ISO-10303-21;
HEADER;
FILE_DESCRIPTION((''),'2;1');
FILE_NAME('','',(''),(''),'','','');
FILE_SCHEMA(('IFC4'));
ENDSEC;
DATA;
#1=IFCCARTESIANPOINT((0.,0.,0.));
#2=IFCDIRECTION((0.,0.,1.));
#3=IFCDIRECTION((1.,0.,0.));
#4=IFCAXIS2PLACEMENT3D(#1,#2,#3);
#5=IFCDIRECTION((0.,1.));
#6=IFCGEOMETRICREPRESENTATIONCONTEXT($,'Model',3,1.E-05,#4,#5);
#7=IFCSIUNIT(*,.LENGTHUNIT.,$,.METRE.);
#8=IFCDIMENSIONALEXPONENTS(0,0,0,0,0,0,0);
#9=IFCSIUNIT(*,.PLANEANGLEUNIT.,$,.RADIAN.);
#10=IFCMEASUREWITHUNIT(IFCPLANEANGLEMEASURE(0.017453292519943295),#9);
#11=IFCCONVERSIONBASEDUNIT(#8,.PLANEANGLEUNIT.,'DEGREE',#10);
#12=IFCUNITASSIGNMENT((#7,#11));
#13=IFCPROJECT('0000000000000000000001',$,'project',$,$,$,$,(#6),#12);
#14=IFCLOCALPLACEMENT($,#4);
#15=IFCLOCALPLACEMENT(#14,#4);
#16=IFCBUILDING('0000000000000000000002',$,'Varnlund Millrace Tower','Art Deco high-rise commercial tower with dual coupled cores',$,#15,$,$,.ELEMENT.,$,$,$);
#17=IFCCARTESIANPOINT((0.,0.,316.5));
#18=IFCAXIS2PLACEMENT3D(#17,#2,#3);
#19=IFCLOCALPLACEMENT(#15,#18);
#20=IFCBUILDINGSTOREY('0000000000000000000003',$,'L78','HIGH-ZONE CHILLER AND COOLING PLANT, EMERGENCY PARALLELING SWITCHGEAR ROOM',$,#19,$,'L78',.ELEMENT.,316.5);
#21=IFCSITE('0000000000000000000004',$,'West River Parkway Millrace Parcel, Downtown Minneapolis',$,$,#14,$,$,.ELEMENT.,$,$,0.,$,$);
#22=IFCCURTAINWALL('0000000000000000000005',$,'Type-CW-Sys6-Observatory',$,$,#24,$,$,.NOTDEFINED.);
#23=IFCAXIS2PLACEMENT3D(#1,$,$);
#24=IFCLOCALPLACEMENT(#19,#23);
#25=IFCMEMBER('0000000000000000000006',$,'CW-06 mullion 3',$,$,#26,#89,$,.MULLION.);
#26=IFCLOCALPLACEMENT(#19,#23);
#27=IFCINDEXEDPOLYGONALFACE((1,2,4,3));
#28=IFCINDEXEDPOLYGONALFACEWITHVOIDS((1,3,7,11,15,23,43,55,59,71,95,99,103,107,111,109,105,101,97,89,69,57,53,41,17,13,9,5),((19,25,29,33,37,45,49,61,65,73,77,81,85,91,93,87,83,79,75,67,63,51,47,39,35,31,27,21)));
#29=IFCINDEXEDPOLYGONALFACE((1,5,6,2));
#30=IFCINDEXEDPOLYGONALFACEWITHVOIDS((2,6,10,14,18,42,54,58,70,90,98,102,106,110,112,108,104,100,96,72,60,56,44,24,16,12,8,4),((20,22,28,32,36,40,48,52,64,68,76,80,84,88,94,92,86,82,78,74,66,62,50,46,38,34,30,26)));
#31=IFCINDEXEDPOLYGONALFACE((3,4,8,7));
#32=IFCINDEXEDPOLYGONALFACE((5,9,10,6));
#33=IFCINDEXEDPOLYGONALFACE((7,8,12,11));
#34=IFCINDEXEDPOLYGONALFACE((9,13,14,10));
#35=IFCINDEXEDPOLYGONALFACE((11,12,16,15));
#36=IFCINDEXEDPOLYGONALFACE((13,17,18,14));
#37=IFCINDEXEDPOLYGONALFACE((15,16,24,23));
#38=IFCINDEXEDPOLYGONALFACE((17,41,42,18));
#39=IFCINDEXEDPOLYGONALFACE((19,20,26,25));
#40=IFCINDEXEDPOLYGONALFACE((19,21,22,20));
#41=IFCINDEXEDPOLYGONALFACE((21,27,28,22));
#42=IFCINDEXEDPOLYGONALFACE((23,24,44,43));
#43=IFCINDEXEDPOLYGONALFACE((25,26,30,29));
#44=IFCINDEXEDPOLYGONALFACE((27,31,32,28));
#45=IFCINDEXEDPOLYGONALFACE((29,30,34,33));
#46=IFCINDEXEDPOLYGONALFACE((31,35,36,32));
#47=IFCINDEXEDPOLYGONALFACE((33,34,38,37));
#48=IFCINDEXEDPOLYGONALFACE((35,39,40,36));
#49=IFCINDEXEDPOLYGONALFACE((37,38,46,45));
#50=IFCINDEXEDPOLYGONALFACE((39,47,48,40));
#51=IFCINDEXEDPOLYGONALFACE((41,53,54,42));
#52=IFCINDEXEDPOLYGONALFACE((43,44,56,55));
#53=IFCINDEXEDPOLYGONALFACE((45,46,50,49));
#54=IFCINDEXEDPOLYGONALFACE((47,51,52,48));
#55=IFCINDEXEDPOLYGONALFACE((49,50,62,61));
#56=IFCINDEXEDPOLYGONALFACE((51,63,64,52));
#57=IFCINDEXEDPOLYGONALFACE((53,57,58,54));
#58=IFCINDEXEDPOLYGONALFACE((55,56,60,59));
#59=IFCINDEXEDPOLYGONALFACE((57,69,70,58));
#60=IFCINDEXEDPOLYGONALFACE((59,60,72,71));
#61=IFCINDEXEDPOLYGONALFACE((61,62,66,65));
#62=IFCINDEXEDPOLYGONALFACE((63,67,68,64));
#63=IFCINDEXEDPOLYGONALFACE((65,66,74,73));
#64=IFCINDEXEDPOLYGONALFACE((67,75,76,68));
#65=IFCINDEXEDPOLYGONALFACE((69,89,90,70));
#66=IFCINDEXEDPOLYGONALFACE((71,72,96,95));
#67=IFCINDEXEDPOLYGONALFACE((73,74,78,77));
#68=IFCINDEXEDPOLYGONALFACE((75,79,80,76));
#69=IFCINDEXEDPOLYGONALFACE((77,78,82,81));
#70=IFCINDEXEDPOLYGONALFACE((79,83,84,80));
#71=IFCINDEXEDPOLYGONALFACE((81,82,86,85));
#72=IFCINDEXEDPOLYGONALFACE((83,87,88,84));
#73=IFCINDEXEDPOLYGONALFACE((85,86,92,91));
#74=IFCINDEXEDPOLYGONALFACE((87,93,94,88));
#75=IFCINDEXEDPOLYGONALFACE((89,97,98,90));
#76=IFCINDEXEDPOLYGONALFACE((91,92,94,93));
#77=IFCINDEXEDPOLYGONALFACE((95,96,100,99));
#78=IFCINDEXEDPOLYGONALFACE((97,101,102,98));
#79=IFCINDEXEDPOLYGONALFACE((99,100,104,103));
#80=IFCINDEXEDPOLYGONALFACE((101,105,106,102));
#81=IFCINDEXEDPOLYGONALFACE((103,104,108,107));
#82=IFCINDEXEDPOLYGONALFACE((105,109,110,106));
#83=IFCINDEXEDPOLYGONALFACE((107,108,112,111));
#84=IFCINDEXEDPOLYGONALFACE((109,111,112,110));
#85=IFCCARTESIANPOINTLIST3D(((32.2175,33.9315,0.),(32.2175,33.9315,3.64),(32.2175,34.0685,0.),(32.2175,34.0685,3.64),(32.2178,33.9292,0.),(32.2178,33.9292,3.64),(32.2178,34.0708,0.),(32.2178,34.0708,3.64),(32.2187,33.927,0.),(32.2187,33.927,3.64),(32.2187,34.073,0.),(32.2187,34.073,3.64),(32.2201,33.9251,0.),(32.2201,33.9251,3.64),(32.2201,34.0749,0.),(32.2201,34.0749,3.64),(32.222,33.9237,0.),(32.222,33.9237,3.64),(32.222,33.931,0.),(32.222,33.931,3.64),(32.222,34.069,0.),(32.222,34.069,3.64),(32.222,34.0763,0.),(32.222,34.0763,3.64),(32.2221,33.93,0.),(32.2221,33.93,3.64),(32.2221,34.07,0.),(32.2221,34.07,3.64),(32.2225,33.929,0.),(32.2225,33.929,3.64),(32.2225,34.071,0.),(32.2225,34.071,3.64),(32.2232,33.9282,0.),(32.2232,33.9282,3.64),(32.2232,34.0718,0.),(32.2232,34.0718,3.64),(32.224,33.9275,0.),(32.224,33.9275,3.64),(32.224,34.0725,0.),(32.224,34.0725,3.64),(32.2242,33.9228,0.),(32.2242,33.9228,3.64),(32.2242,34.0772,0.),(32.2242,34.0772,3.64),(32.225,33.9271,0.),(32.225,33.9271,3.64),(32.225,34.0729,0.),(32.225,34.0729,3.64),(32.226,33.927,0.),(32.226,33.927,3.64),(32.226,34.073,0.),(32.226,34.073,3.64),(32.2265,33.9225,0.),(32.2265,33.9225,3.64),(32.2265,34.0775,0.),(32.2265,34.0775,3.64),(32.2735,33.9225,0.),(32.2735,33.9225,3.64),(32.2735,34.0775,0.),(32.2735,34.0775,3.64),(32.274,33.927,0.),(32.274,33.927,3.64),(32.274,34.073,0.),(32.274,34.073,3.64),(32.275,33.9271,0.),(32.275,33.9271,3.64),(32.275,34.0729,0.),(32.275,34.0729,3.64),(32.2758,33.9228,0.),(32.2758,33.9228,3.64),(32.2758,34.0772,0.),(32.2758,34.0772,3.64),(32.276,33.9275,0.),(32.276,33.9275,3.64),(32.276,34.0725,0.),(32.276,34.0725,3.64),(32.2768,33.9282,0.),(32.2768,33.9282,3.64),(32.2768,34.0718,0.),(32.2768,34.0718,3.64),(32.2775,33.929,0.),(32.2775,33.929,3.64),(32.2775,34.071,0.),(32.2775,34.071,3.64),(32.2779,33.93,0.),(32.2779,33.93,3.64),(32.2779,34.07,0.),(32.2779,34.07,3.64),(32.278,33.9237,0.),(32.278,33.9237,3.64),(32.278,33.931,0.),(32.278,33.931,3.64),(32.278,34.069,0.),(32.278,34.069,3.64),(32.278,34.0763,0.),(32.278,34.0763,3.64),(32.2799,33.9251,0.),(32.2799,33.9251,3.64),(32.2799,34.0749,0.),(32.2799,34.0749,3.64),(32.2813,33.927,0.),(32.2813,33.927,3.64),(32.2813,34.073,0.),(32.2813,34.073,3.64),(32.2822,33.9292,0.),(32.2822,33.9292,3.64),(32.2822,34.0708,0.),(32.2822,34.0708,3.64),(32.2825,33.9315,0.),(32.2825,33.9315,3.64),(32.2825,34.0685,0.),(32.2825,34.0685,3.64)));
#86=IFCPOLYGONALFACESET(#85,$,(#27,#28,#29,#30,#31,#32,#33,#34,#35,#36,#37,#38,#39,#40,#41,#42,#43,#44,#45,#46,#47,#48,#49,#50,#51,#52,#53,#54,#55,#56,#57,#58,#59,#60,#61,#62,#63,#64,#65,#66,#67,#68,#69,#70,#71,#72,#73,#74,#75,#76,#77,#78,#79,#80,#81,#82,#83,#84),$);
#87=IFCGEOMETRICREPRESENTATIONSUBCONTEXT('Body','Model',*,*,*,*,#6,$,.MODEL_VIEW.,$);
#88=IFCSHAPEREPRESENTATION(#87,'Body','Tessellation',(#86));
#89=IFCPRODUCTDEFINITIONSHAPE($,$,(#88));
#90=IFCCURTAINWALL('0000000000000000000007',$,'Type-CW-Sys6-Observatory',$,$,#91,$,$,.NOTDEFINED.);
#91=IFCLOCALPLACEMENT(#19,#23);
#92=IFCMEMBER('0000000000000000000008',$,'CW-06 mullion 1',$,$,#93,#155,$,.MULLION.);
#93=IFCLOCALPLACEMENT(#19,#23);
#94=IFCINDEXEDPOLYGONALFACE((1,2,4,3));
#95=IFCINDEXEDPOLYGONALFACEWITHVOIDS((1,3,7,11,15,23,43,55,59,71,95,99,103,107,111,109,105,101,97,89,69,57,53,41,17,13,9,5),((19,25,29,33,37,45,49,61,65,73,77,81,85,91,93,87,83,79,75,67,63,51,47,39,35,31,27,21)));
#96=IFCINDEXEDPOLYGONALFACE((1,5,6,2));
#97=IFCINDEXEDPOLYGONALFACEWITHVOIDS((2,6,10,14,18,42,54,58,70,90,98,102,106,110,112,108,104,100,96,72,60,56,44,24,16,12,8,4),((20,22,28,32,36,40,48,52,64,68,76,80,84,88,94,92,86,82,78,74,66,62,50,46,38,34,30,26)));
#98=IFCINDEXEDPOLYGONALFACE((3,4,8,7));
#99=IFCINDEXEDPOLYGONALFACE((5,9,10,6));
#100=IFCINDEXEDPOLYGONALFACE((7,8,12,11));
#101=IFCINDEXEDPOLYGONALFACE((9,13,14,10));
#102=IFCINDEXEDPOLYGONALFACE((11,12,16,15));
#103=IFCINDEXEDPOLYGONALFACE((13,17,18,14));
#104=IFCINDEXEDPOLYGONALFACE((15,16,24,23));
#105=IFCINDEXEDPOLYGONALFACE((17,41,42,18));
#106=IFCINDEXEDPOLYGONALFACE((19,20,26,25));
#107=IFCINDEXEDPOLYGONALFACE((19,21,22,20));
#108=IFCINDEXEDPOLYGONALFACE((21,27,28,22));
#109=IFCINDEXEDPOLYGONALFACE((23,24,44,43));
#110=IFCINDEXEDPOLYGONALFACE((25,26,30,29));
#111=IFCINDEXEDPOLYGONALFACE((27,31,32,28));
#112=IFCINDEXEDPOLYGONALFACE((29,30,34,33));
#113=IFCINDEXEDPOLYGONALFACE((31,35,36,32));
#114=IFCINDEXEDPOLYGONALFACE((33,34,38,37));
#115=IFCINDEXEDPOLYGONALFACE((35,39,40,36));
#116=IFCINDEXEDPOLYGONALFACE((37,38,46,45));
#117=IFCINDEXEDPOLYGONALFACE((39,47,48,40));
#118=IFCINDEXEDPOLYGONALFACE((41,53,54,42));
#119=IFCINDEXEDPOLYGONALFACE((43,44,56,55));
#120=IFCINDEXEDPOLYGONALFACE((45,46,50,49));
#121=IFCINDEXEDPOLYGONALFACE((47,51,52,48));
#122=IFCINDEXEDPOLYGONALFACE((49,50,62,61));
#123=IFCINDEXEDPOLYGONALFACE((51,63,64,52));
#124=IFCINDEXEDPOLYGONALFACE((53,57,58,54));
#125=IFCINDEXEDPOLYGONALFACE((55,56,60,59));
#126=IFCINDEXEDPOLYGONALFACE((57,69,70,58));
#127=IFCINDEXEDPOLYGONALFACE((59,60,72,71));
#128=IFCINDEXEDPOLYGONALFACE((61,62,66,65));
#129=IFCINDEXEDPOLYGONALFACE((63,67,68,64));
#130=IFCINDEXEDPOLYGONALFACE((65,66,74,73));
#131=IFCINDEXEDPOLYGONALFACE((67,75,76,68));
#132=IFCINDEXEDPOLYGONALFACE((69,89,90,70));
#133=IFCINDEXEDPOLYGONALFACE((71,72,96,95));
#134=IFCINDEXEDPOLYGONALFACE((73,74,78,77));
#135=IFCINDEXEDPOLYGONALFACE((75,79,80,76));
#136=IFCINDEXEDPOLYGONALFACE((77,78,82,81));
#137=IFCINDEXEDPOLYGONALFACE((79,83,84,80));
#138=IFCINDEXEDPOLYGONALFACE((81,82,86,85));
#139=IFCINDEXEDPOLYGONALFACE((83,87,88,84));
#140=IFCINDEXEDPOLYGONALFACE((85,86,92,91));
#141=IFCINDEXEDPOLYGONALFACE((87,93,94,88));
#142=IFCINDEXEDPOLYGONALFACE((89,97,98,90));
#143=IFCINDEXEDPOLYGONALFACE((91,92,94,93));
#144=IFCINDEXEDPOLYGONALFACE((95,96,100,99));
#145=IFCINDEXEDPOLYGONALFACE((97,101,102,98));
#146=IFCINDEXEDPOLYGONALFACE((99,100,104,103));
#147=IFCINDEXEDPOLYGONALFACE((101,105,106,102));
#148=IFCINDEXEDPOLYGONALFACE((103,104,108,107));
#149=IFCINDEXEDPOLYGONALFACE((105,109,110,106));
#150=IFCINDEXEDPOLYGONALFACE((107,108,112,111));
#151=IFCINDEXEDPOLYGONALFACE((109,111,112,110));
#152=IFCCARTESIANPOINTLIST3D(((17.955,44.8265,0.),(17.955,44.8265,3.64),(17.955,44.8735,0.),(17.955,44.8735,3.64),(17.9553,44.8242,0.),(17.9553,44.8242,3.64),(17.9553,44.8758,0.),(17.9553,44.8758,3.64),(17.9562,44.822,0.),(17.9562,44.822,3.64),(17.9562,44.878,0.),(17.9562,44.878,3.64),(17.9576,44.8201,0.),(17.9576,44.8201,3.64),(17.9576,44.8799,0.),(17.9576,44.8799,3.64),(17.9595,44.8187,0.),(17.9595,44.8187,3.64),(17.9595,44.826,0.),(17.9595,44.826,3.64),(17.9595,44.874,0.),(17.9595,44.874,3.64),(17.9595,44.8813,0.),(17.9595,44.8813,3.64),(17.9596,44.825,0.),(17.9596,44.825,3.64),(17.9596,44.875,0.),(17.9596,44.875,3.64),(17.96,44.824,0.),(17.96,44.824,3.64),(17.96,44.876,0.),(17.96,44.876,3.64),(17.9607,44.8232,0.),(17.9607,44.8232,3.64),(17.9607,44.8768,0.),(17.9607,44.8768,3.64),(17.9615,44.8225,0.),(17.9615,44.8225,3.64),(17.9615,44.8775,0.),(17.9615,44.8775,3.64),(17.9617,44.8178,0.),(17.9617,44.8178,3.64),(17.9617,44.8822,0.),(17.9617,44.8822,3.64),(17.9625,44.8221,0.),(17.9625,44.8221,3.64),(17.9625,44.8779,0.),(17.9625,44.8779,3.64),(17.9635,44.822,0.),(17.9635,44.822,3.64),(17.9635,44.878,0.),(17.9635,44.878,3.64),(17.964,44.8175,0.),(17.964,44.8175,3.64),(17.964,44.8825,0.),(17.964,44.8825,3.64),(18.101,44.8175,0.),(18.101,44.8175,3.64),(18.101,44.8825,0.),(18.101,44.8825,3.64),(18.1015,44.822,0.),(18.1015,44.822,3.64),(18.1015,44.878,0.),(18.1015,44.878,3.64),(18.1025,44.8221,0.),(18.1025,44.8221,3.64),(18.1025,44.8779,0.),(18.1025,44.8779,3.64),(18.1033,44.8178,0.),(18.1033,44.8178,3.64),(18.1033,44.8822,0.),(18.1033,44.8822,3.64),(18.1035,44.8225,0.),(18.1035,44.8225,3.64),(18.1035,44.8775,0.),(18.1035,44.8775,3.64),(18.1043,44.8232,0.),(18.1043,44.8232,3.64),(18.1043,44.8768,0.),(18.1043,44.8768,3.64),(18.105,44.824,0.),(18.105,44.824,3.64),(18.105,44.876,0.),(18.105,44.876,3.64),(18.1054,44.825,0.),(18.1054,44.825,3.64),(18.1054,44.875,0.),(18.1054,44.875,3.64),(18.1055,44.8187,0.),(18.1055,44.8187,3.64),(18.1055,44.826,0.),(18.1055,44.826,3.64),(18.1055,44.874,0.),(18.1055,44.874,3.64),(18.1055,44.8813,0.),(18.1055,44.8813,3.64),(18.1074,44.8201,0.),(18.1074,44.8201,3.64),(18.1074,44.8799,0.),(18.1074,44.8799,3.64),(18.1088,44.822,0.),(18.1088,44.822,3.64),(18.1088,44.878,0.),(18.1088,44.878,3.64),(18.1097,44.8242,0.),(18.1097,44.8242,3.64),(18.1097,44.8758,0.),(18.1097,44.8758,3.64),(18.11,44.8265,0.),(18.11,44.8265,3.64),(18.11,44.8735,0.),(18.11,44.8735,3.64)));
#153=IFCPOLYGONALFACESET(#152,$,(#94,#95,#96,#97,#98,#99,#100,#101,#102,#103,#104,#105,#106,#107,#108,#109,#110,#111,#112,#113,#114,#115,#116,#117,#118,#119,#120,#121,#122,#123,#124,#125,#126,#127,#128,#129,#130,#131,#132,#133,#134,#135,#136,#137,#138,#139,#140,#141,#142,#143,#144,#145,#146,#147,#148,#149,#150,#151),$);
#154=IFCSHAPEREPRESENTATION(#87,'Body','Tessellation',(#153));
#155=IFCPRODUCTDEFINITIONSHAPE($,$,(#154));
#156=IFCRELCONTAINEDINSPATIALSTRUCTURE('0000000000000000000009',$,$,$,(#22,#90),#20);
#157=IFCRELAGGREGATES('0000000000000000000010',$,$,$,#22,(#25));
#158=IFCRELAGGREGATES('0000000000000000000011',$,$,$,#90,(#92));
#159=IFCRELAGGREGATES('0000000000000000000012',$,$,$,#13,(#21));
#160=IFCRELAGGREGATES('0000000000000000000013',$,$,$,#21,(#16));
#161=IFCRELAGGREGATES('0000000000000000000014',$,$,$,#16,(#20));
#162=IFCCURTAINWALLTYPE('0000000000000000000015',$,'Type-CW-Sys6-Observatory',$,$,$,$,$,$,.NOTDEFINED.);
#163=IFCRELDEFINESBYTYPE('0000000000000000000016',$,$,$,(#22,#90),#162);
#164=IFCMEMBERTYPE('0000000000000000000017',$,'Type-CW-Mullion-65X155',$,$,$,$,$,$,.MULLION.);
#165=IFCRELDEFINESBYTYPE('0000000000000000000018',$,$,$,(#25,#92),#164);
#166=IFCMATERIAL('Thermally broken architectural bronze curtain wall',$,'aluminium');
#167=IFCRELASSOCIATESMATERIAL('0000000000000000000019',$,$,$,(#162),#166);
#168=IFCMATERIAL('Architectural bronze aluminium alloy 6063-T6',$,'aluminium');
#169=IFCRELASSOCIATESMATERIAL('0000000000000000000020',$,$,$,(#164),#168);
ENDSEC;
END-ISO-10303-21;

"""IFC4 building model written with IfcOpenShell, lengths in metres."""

from ifc_helpers import new_model, entity, si_unit, converted_unit, direction, frame, origin_with_axes, origin_2d_with_axis, place, context, subcontext, project, spatial, hollow_rectangle, extrude, material, material_profile, profile_set, type_object, element, aggregate, save


model = new_model("IFC4")

# Units and contexts
model_context = context("Model", 3, precision=1e-05, world=origin_with_axes(), true_north=direction((0.0, 1.0)))
body_context = subcontext(model_context, "Body", "Model", "MODEL_VIEW")
ifc_project = project(units=[si_unit("LENGTHUNIT", "METRE"), converted_unit("PLANEANGLEUNIT", "DEGREE", entity("IfcPlaneAngleMeasure", 0.017453292519943295), si_unit("PLANEANGLEUNIT", "RADIAN"), dimensions=[0, 0, 0, 0, 0, 0, 0])], contexts=[model_context])

# Site, building, storey
site_placement = place(None, origin_with_axes())
site = spatial("IfcSite", under=ifc_project, at=site_placement, Name="West River Parkway Millrace Parcel, Downtown Minneapolis", CompositionType="ELEMENT", RefElevation=0.0)
building_placement = place(site_placement, origin_with_axes())
building = spatial("IfcBuilding", under=site, at=building_placement, Name="Varnlund Millrace Tower", Description="Art Deco high-rise commercial tower with dual coupled cores", CompositionType="ELEMENT")
storey_placement = place(building_placement, frame((0.0, 0.0, 316.5), z_axis=(0.0, 0.0, 1.0), x_axis=(1.0, 0.0, 0.0)))
storey = spatial("IfcBuildingStorey", under=building, at=storey_placement, Name="L78", Description="HIGH-ZONE CHILLER AND COOLING PLANT, EMERGENCY PARALLELING SWITCHGEAR ROOM", LongName="L78", CompositionType="ELEMENT", Elevation=316.5)

# Curtain walls, members
ifc_material_1 = material(Name="Thermally broken architectural bronze curtain wall", Category="aluminium")
curtain_wall_type = type_object("IfcCurtainWallType", Name="Type-CW-Sys6-Observatory", PredefinedType="NOTDEFINED", material=ifc_material_1)
curtain_wall_1_placement = place(storey_placement, frame((32.25, 37.0, 0.0), z_axis=(0.0, 0.0, 1.0), x_axis=(1.0, 0.0, 0.0)))
curtain_wall_1 = element("IfcCurtainWall", 1, at=curtain_wall_1_placement, inside=storey, type_object=curtain_wall_type, Name="Type-CW-Sys6-Observatory", PredefinedType="NOTDEFINED")
ifc_material_2 = material(Name="Architectural bronze aluminium alloy 6063-T6", Category="aluminium")
ifc_material_profile_1 = material_profile(ifc_material_2, hollow_rectangle(XDim=0.065, YDim=0.155, WallThickness=0.0045, InnerFilletRadius=0.004, OuterFilletRadius=0.009, at=origin_2d_with_axis()), Name="Architectural bronze aluminium alloy 6063-T6")
ifc_profile_set_1 = profile_set([ifc_material_profile_1], Name="Architectural bronze aluminium alloy 6063-T6")
member_type = type_object("IfcMemberType", Name="Type-CW-Mullion-65X155", PredefinedType="MULLION", material=ifc_profile_set_1)
member_1_placement = place(storey_placement, frame((32.25, 34.0, 0.0), z_axis=(0.0, 0.0, 1.0), x_axis=(1.0, 0.0, 0.0)))
member_1 = element("IfcMember", 2, at=member_1_placement, type_object=member_type, Name="CW-06 mullion 3", PredefinedType="MULLION", context=body_context, shape_type="SweptSolid", body=[
    extrude(hollow_rectangle(XDim=0.065, YDim=0.155, WallThickness=0.0045, InnerFilletRadius=0.004, OuterFilletRadius=0.009, at=origin_2d_with_axis()), origin_with_axes(), (0.0, 0.0, 1.0), 3.64),
])
aggregate(curtain_wall_1, [member_1])
curtain_wall_2_placement = place(storey_placement, frame((18.0, 44.85, 0.0), z_axis=(0.0, 0.0, 1.0), x_axis=(1.0, 0.0, 0.0)))
curtain_wall_2 = element("IfcCurtainWall", 3, at=curtain_wall_2_placement, inside=storey, type_object=curtain_wall_type, Name="Type-CW-Sys6-Observatory", PredefinedType="NOTDEFINED")
member_2_placement = place(storey_placement, frame((18.0325, 44.85, 0.0), z_axis=(0.0, 0.0, 1.0), x_axis=(0.0, 1.0, 0.0)))
member_2 = element("IfcMember", 4, at=member_2_placement, type_object=member_type, Name="CW-06 mullion 1", PredefinedType="MULLION", context=body_context, shape_type="SweptSolid", body=[
    extrude(hollow_rectangle(XDim=0.065, YDim=0.155, WallThickness=0.0045, InnerFilletRadius=0.004, OuterFilletRadius=0.009, at=origin_2d_with_axis()), origin_with_axes(), (0.0, 0.0, 1.0), 3.64),
])
aggregate(curtain_wall_2, [member_2])

save(model, "model.ifc")
